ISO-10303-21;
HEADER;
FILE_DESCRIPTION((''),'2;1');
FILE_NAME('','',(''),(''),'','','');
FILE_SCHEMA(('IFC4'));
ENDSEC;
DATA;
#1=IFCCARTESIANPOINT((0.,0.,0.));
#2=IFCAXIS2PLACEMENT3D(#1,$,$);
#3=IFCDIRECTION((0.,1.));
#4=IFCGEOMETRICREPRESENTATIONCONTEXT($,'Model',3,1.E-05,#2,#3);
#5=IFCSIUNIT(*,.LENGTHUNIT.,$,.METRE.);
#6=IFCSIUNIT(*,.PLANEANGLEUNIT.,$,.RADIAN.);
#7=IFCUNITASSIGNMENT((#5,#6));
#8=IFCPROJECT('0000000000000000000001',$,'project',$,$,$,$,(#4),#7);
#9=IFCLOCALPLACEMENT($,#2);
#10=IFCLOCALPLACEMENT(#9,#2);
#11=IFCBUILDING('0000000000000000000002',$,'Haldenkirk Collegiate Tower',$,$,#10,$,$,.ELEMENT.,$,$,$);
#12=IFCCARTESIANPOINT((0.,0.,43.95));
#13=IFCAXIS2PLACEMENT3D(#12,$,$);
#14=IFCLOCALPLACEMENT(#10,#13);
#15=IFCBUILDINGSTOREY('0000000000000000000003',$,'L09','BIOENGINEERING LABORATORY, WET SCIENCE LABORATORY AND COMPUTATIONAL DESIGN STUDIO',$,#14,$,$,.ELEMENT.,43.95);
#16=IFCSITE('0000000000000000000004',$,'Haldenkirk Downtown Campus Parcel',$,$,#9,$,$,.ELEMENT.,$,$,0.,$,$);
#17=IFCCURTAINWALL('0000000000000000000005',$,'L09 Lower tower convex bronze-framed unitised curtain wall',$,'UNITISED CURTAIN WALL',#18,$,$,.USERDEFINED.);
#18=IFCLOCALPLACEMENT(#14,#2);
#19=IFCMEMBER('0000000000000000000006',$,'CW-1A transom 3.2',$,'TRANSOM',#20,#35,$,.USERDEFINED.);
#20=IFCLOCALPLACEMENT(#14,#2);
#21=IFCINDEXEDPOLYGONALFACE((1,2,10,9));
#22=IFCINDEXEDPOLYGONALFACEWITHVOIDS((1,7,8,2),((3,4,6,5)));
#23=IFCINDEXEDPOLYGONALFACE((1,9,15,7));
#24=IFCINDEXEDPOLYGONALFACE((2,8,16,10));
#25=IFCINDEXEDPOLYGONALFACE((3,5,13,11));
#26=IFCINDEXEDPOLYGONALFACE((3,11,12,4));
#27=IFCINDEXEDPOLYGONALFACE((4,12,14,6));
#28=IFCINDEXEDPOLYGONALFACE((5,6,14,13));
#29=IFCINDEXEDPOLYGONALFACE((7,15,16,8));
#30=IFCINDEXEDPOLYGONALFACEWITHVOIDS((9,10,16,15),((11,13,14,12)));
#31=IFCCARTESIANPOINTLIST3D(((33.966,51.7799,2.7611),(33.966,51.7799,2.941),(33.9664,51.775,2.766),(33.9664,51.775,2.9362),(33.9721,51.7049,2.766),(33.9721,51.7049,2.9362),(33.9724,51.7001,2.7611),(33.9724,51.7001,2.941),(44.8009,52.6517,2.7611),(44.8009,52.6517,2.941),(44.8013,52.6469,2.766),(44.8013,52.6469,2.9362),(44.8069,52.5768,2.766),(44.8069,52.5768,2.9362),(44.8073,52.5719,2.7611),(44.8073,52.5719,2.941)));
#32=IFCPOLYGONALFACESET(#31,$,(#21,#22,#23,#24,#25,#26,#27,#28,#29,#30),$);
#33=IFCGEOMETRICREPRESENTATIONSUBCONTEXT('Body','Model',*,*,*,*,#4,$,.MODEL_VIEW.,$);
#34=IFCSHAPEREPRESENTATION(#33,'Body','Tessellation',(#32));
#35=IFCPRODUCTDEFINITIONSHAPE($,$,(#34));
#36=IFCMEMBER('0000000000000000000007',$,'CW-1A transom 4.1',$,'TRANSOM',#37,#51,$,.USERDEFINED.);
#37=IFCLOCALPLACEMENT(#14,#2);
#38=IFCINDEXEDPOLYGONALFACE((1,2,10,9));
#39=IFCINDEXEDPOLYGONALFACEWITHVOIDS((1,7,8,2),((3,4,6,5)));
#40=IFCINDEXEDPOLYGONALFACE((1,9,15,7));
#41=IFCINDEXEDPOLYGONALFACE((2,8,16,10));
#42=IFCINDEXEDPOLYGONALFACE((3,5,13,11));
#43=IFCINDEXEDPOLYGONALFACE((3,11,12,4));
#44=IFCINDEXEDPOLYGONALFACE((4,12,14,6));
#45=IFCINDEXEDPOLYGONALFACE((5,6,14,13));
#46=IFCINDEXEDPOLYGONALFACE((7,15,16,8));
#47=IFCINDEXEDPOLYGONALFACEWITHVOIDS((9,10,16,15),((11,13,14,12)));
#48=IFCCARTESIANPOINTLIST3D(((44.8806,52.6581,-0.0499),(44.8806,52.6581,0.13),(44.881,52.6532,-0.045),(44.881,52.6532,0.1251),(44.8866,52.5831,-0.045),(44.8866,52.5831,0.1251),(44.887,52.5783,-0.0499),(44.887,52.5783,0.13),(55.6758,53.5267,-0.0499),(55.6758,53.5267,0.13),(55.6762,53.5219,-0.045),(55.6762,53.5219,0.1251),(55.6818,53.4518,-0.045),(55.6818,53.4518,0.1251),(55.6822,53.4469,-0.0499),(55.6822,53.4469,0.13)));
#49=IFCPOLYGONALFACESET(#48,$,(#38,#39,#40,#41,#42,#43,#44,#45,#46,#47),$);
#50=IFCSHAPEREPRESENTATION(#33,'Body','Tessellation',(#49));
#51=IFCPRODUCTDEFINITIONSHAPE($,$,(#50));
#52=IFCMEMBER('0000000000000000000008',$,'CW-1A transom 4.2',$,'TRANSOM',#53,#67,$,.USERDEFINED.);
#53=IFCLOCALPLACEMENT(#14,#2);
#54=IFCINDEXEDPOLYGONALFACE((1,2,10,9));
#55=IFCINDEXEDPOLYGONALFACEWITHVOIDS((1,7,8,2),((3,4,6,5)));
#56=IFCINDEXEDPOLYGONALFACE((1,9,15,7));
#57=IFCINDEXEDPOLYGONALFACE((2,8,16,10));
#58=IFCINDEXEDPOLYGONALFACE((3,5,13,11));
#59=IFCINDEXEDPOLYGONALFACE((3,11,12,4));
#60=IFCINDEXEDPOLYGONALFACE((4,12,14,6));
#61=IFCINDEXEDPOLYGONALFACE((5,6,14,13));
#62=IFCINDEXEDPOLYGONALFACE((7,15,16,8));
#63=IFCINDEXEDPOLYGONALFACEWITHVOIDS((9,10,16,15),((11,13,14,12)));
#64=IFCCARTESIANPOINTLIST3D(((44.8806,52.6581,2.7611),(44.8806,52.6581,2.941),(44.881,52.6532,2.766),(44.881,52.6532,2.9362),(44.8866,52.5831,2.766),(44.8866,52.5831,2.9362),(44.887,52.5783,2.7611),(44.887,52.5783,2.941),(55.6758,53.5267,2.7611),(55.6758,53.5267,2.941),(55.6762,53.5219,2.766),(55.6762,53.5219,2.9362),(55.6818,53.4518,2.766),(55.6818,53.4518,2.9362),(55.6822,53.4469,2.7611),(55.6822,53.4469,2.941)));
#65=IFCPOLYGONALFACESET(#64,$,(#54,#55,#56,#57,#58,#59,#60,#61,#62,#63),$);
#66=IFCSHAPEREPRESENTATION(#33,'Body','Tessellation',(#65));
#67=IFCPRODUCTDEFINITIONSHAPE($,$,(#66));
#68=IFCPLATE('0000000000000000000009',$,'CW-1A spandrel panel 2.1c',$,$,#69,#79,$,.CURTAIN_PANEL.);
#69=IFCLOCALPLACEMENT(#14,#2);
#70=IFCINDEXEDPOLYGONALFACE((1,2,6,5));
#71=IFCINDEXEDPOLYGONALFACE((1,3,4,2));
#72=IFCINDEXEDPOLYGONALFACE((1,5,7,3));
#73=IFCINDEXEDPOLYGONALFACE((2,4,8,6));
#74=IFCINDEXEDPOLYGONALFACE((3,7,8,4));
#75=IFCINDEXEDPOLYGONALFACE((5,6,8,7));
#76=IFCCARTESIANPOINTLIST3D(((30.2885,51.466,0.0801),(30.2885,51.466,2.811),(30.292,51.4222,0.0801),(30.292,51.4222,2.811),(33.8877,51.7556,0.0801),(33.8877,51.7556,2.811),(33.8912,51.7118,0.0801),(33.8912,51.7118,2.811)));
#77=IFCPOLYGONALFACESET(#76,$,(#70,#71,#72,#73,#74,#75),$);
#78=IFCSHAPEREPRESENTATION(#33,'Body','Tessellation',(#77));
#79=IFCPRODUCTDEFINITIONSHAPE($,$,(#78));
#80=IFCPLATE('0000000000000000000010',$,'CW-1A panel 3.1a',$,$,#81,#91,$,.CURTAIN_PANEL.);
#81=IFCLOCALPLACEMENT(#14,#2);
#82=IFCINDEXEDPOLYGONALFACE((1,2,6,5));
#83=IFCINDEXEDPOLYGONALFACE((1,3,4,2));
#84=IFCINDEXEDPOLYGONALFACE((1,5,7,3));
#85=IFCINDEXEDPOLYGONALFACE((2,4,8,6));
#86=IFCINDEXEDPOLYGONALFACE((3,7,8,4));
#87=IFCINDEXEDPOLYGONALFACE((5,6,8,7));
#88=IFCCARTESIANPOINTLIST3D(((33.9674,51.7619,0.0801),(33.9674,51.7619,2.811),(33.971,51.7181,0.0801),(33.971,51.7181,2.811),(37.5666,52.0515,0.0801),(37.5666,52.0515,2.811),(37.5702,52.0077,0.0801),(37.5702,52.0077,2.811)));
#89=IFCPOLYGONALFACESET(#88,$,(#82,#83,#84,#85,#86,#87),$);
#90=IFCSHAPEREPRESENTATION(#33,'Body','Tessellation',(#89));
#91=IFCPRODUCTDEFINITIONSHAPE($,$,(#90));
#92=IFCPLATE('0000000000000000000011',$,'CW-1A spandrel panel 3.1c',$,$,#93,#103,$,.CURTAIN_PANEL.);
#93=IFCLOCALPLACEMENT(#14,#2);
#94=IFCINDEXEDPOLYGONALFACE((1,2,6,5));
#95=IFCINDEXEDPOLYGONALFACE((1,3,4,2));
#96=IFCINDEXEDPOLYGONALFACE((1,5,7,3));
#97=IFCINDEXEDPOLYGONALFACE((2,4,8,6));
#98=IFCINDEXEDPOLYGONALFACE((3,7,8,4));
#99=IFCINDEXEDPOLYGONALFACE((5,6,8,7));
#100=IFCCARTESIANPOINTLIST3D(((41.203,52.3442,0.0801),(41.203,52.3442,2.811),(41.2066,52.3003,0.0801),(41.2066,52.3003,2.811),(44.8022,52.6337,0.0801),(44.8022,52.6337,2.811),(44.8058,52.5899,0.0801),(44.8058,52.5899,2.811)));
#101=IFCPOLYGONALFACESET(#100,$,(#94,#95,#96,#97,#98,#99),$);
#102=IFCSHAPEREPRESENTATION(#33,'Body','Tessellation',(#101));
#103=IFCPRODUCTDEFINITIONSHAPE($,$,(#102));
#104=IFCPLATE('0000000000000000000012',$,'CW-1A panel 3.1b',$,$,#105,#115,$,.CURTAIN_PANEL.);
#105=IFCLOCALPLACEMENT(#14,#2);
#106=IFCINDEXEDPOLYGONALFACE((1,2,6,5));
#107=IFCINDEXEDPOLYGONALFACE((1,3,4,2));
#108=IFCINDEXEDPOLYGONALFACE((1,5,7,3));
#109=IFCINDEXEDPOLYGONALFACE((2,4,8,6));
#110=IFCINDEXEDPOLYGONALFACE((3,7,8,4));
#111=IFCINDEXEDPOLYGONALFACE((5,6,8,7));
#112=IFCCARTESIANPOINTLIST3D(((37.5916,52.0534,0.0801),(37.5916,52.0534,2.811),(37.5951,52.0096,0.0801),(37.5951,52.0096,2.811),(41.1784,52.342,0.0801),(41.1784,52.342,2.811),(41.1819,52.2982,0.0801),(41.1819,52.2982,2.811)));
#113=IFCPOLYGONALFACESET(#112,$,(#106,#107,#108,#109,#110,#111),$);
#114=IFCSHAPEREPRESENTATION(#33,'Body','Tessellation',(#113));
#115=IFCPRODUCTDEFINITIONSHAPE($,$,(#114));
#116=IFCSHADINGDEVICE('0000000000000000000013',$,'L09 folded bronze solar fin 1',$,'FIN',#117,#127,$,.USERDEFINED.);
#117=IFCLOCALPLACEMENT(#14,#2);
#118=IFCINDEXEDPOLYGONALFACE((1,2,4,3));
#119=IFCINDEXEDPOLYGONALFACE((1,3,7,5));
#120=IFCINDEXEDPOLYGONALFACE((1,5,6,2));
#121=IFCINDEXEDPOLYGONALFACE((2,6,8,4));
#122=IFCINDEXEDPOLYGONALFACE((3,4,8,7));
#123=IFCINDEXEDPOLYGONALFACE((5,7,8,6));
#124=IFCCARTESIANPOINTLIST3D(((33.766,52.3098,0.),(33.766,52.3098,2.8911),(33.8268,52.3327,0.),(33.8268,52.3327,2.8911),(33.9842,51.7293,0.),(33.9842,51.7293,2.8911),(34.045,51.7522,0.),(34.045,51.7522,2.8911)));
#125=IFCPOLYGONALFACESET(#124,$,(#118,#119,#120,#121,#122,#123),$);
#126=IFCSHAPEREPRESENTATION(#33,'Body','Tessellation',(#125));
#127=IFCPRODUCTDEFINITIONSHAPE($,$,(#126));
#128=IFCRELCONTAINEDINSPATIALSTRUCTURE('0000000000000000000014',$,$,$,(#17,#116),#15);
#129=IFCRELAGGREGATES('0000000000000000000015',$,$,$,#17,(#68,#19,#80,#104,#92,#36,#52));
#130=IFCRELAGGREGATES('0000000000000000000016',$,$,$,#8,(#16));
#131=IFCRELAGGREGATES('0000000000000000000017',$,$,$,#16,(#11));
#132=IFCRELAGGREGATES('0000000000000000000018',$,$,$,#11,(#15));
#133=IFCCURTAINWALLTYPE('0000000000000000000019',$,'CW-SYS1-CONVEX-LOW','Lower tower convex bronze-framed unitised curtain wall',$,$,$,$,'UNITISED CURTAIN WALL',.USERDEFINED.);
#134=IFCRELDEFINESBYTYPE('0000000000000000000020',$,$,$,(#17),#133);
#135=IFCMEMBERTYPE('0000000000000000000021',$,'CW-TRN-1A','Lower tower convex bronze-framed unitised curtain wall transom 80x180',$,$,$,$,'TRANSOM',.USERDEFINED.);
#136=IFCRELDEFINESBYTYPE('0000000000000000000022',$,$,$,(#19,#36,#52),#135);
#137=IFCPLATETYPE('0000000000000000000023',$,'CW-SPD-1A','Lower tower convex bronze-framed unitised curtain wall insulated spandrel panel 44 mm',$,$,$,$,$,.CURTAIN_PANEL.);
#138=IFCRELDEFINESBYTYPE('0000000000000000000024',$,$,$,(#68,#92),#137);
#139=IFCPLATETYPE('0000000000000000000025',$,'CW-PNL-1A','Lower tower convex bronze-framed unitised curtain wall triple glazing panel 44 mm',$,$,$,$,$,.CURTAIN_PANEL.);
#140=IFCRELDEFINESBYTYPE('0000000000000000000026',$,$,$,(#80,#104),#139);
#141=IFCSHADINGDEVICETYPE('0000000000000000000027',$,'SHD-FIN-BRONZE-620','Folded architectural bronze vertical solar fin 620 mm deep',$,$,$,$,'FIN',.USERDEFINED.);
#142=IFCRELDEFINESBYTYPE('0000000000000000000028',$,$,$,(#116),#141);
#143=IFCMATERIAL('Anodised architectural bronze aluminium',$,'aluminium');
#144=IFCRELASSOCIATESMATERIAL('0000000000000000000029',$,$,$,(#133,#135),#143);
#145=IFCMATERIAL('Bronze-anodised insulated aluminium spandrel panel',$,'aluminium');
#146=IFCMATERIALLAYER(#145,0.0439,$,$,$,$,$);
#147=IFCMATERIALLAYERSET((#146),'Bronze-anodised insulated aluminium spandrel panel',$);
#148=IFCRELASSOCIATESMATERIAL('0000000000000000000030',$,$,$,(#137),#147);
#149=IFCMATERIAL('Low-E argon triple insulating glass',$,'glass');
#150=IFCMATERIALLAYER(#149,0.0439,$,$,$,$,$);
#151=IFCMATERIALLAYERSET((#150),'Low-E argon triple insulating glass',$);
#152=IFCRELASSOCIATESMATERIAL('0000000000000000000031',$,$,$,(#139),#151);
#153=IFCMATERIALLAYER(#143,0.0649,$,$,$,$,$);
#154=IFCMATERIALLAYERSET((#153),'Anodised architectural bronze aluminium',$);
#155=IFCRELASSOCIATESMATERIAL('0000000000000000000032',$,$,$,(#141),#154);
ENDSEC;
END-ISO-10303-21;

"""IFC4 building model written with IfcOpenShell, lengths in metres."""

from ifc_helpers import new_model, si_unit, direction, frame, origin, origin_2d, place, context, subcontext, project, spatial, rectangle, hollow_rectangle, extrude, source, transform, mapped, material, layer, layer_set, material_profile, profile_set, type_object, element, aggregate, save


model = new_model("IFC4")

# Units and contexts
model_context = context("Model", 3, precision=1e-05, world=origin(), true_north=direction((0.0, 1.0)))
body_context = subcontext(model_context, "Body", "Model", "MODEL_VIEW")
ifc_project = project(units=[si_unit("LENGTHUNIT", "METRE"), si_unit("PLANEANGLEUNIT", "RADIAN")], contexts=[model_context])

# Site, building, storey
site_placement = place(None, origin())
site = spatial("IfcSite", under=ifc_project, at=site_placement, Name="Haldenkirk Downtown Campus Parcel", CompositionType="ELEMENT", RefElevation=0.0)
building_placement = place(site_placement, origin())
building = spatial("IfcBuilding", under=site, at=building_placement, Name="Haldenkirk Collegiate Tower", CompositionType="ELEMENT")
storey_placement = place(building_placement, frame((0.0, 0.0, 43.95)))
storey = spatial("IfcBuildingStorey", under=building, at=storey_placement, Name="L09", Description="BIOENGINEERING LABORATORY, WET SCIENCE LABORATORY AND COMPUTATIONAL DESIGN STUDIO", CompositionType="ELEMENT", Elevation=43.95)

# Curtain wall, members, plates
ifc_material_1 = material(Name="Anodised architectural bronze aluminium", Category="aluminium")
curtain_wall_type = type_object("IfcCurtainWallType", Name="CW-SYS1-CONVEX-LOW", Description="Lower tower convex bronze-framed unitised curtain wall", ElementType="UNITISED CURTAIN WALL", PredefinedType="USERDEFINED", material=ifc_material_1)
curtain_wall_placement = place(storey_placement, origin())
curtain_wall = element("IfcCurtainWall", 1, at=curtain_wall_placement, inside=storey, type_object=curtain_wall_type, Name="L09 Lower tower convex bronze-framed unitised curtain wall", ObjectType="UNITISED CURTAIN WALL", PredefinedType="USERDEFINED")
ifc_material_profile_1 = material_profile(ifc_material_1, hollow_rectangle(XDim=0.0801, YDim=0.1799, WallThickness=0.0049, at=origin_2d()), Name="CW-TRN-1A")
ifc_profile_set_1 = profile_set([ifc_material_profile_1], Name="Anodised architectural bronze aluminium")
member_type_1 = type_object("IfcMemberType", Name="CW-TRN-1A", Description="Lower tower convex bronze-framed unitised curtain wall transom 80x180", ElementType="TRANSOM", PredefinedType="USERDEFINED", material=ifc_profile_set_1)
member_1_placement = place(storey_placement, frame((33.9692, 51.74, 2.8511), z_axis=(0.996778, 0.080205, 0.0), x_axis=(-0.080205, 0.996778, 0.0)))
member_1 = element("IfcMember", 2, at=member_1_placement, type_object=member_type_1, Name="CW-1A transom 3.2", ObjectType="TRANSOM", PredefinedType="USERDEFINED", context=body_context, shape_type="SweptSolid", body=[
    extrude(hollow_rectangle(XDim=0.0801, YDim=0.1799, WallThickness=0.0049, at=origin_2d()), origin(), (0.0, 0.0, 1.0), 10.8699),
])
member_2_placement = place(storey_placement, frame((44.8838, 52.6182, 0.04), z_axis=(0.996778, 0.080208, 0.0), x_axis=(-0.080208, 0.996778, 0.0)))
member_2 = element("IfcMember", 3, at=member_2_placement, type_object=member_type_1, Name="CW-1A transom 4.1", ObjectType="TRANSOM", PredefinedType="USERDEFINED", context=body_context, shape_type="SweptSolid", body=[
    extrude(hollow_rectangle(XDim=0.0801, YDim=0.1799, WallThickness=0.0049, at=origin_2d()), origin(), (0.0, 0.0, 1.0), 10.8301),
])
member_3_placement = place(storey_placement, frame((44.8838, 52.6182, 2.8511), z_axis=(0.996778, 0.080208, 0.0), x_axis=(-0.080208, 0.996778, 0.0)))
member_3 = element("IfcMember", 4, at=member_3_placement, type_object=member_type_1, Name="CW-1A transom 4.2", ObjectType="TRANSOM", PredefinedType="USERDEFINED", context=body_context, shape_type="SweptSolid", body=[
    extrude(hollow_rectangle(XDim=0.0801, YDim=0.1799, WallThickness=0.0049, at=origin_2d()), origin(), (0.0, 0.0, 1.0), 10.8301),
])
ifc_material_2 = material(Name="Bronze-anodised insulated aluminium spandrel panel", Category="aluminium")
ifc_layer_1 = layer(ifc_material_2, 0.0439)
ifc_layer_set_1 = layer_set([ifc_layer_1], Name="Bronze-anodised insulated aluminium spandrel panel")
plate_type_1 = type_object("IfcPlateType", Name="CW-SPD-1A", Description="Lower tower convex bronze-framed unitised curtain wall insulated spandrel panel 44 mm", PredefinedType="CURTAIN_PANEL", material=ifc_layer_set_1)
shared_shape_1 = source(origin(), body_context, "Body", "SweptSolid", [
    extrude(rectangle(XDim=3.6108, YDim=0.0439, at=origin_2d()), origin(), (0.0, 0.0, 1.0), 2.731),
])
plate_1_placement = place(storey_placement, frame((32.0898, 51.5889, 0.0801), z_axis=(0.0, 0.0, 1.0), x_axis=(0.996779, 0.080199, 0.0)))
plate_1 = element("IfcPlate", 5, at=plate_1_placement, type_object=plate_type_1, Name="CW-1A spandrel panel 2.1c", PredefinedType="CURTAIN_PANEL", context=body_context, shape_type="MappedRepresentation", body=[
    mapped(shared_shape_1, transform((0.0, 0.0, 0.0), x_axis=(1.0, 0.0, 0.0), y_axis=(0.0, 1.0, 0.0), z_axis=(0.0, 0.0, 1.0), scale=1.0)),
])
ifc_material_3 = material(Name="Low-E argon triple insulating glass", Category="glass")
ifc_layer_2 = layer(ifc_material_3, 0.0439)
ifc_layer_set_2 = layer_set([ifc_layer_2], Name="Low-E argon triple insulating glass")
plate_type_2 = type_object("IfcPlateType", Name="CW-PNL-1A", Description="Lower tower convex bronze-framed unitised curtain wall triple glazing panel 44 mm", PredefinedType="CURTAIN_PANEL", material=ifc_layer_set_2)
plate_2_placement = place(storey_placement, frame((35.7688, 51.8848, 0.0801), z_axis=(0.0, 0.0, 1.0), x_axis=(0.996779, 0.080199, 0.0)))
plate_2 = element("IfcPlate", 6, at=plate_2_placement, type_object=plate_type_2, Name="CW-1A panel 3.1a", PredefinedType="CURTAIN_PANEL", context=body_context, shape_type="MappedRepresentation", body=[
    mapped(shared_shape_1, transform((0.0, 0.0, 0.0), x_axis=(1.0, 0.0, 0.0), y_axis=(0.0, 1.0, 0.0), z_axis=(0.0, 0.0, 1.0), scale=1.0)),
])
plate_3_placement = place(storey_placement, frame((43.0044, 52.467, 0.0801), z_axis=(0.0, 0.0, 1.0), x_axis=(0.996779, 0.080199, 0.0)))
plate_3 = element("IfcPlate", 7, at=plate_3_placement, type_object=plate_type_1, Name="CW-1A spandrel panel 3.1c", PredefinedType="CURTAIN_PANEL", context=body_context, shape_type="MappedRepresentation", body=[
    mapped(shared_shape_1, transform((0.0, 0.0, 0.0), x_axis=(1.0, 0.0, 0.0), y_axis=(0.0, 1.0, 0.0), z_axis=(0.0, 0.0, 1.0), scale=1.0)),
])
shared_shape_2 = source(origin(), body_context, "Body", "SweptSolid", [
    extrude(rectangle(XDim=3.5984, YDim=0.0439, at=origin_2d()), origin(), (0.0, 0.0, 1.0), 2.731),
])
plate_4_placement = place(storey_placement, frame((39.3867, 52.1758, 0.0801), z_axis=(0.0, 0.0, 1.0), x_axis=(0.996779, 0.080199, 0.0)))
plate_4 = element("IfcPlate", 8, at=plate_4_placement, type_object=plate_type_2, Name="CW-1A panel 3.1b", PredefinedType="CURTAIN_PANEL", context=body_context, shape_type="MappedRepresentation", body=[
    mapped(shared_shape_2, transform((0.0, 0.0, 0.0), x_axis=(1.0, 0.0, 0.0), y_axis=(0.0, 1.0, 0.0), z_axis=(0.0, 0.0, 1.0), scale=1.0)),
])
aggregate(curtain_wall, [plate_1, member_1, plate_2, plate_4, plate_3, member_2, member_3])

# Shading device
ifc_layer_3 = layer(ifc_material_1, 0.0649)
ifc_layer_set_3 = layer_set([ifc_layer_3], Name="Anodised architectural bronze aluminium")
shading_device_type = type_object("IfcShadingDeviceType", Name="SHD-FIN-BRONZE-620", Description="Folded architectural bronze vertical solar fin 620 mm deep", ElementType="FIN", PredefinedType="USERDEFINED", material=ifc_layer_set_3)
shared_shape_3 = source(origin(), body_context, "Body", "SweptSolid", [
    extrude(rectangle(XDim=0.6201, YDim=0.0649, at=origin_2d()), origin(), (0.0, 0.0, 1.0), 2.8911),
])
shading_device_placement = place(storey_placement, frame((33.9055, 52.031, 0.0), z_axis=(0.0, 0.0, 1.0), x_axis=(-0.351842, 0.93606, 0.0)))
element("IfcShadingDevice", 9, at=shading_device_placement, inside=storey, type_object=shading_device_type, Name="L09 folded bronze solar fin 1", ObjectType="FIN", PredefinedType="USERDEFINED", context=body_context, shape_type="MappedRepresentation", body=[
    mapped(shared_shape_3, transform((0.0, 0.0, 0.0), x_axis=(1.0, 0.0, 0.0), y_axis=(0.0, 1.0, 0.0), z_axis=(0.0, 0.0, 1.0), scale=1.0)),
])

save(model, "model.ifc")
